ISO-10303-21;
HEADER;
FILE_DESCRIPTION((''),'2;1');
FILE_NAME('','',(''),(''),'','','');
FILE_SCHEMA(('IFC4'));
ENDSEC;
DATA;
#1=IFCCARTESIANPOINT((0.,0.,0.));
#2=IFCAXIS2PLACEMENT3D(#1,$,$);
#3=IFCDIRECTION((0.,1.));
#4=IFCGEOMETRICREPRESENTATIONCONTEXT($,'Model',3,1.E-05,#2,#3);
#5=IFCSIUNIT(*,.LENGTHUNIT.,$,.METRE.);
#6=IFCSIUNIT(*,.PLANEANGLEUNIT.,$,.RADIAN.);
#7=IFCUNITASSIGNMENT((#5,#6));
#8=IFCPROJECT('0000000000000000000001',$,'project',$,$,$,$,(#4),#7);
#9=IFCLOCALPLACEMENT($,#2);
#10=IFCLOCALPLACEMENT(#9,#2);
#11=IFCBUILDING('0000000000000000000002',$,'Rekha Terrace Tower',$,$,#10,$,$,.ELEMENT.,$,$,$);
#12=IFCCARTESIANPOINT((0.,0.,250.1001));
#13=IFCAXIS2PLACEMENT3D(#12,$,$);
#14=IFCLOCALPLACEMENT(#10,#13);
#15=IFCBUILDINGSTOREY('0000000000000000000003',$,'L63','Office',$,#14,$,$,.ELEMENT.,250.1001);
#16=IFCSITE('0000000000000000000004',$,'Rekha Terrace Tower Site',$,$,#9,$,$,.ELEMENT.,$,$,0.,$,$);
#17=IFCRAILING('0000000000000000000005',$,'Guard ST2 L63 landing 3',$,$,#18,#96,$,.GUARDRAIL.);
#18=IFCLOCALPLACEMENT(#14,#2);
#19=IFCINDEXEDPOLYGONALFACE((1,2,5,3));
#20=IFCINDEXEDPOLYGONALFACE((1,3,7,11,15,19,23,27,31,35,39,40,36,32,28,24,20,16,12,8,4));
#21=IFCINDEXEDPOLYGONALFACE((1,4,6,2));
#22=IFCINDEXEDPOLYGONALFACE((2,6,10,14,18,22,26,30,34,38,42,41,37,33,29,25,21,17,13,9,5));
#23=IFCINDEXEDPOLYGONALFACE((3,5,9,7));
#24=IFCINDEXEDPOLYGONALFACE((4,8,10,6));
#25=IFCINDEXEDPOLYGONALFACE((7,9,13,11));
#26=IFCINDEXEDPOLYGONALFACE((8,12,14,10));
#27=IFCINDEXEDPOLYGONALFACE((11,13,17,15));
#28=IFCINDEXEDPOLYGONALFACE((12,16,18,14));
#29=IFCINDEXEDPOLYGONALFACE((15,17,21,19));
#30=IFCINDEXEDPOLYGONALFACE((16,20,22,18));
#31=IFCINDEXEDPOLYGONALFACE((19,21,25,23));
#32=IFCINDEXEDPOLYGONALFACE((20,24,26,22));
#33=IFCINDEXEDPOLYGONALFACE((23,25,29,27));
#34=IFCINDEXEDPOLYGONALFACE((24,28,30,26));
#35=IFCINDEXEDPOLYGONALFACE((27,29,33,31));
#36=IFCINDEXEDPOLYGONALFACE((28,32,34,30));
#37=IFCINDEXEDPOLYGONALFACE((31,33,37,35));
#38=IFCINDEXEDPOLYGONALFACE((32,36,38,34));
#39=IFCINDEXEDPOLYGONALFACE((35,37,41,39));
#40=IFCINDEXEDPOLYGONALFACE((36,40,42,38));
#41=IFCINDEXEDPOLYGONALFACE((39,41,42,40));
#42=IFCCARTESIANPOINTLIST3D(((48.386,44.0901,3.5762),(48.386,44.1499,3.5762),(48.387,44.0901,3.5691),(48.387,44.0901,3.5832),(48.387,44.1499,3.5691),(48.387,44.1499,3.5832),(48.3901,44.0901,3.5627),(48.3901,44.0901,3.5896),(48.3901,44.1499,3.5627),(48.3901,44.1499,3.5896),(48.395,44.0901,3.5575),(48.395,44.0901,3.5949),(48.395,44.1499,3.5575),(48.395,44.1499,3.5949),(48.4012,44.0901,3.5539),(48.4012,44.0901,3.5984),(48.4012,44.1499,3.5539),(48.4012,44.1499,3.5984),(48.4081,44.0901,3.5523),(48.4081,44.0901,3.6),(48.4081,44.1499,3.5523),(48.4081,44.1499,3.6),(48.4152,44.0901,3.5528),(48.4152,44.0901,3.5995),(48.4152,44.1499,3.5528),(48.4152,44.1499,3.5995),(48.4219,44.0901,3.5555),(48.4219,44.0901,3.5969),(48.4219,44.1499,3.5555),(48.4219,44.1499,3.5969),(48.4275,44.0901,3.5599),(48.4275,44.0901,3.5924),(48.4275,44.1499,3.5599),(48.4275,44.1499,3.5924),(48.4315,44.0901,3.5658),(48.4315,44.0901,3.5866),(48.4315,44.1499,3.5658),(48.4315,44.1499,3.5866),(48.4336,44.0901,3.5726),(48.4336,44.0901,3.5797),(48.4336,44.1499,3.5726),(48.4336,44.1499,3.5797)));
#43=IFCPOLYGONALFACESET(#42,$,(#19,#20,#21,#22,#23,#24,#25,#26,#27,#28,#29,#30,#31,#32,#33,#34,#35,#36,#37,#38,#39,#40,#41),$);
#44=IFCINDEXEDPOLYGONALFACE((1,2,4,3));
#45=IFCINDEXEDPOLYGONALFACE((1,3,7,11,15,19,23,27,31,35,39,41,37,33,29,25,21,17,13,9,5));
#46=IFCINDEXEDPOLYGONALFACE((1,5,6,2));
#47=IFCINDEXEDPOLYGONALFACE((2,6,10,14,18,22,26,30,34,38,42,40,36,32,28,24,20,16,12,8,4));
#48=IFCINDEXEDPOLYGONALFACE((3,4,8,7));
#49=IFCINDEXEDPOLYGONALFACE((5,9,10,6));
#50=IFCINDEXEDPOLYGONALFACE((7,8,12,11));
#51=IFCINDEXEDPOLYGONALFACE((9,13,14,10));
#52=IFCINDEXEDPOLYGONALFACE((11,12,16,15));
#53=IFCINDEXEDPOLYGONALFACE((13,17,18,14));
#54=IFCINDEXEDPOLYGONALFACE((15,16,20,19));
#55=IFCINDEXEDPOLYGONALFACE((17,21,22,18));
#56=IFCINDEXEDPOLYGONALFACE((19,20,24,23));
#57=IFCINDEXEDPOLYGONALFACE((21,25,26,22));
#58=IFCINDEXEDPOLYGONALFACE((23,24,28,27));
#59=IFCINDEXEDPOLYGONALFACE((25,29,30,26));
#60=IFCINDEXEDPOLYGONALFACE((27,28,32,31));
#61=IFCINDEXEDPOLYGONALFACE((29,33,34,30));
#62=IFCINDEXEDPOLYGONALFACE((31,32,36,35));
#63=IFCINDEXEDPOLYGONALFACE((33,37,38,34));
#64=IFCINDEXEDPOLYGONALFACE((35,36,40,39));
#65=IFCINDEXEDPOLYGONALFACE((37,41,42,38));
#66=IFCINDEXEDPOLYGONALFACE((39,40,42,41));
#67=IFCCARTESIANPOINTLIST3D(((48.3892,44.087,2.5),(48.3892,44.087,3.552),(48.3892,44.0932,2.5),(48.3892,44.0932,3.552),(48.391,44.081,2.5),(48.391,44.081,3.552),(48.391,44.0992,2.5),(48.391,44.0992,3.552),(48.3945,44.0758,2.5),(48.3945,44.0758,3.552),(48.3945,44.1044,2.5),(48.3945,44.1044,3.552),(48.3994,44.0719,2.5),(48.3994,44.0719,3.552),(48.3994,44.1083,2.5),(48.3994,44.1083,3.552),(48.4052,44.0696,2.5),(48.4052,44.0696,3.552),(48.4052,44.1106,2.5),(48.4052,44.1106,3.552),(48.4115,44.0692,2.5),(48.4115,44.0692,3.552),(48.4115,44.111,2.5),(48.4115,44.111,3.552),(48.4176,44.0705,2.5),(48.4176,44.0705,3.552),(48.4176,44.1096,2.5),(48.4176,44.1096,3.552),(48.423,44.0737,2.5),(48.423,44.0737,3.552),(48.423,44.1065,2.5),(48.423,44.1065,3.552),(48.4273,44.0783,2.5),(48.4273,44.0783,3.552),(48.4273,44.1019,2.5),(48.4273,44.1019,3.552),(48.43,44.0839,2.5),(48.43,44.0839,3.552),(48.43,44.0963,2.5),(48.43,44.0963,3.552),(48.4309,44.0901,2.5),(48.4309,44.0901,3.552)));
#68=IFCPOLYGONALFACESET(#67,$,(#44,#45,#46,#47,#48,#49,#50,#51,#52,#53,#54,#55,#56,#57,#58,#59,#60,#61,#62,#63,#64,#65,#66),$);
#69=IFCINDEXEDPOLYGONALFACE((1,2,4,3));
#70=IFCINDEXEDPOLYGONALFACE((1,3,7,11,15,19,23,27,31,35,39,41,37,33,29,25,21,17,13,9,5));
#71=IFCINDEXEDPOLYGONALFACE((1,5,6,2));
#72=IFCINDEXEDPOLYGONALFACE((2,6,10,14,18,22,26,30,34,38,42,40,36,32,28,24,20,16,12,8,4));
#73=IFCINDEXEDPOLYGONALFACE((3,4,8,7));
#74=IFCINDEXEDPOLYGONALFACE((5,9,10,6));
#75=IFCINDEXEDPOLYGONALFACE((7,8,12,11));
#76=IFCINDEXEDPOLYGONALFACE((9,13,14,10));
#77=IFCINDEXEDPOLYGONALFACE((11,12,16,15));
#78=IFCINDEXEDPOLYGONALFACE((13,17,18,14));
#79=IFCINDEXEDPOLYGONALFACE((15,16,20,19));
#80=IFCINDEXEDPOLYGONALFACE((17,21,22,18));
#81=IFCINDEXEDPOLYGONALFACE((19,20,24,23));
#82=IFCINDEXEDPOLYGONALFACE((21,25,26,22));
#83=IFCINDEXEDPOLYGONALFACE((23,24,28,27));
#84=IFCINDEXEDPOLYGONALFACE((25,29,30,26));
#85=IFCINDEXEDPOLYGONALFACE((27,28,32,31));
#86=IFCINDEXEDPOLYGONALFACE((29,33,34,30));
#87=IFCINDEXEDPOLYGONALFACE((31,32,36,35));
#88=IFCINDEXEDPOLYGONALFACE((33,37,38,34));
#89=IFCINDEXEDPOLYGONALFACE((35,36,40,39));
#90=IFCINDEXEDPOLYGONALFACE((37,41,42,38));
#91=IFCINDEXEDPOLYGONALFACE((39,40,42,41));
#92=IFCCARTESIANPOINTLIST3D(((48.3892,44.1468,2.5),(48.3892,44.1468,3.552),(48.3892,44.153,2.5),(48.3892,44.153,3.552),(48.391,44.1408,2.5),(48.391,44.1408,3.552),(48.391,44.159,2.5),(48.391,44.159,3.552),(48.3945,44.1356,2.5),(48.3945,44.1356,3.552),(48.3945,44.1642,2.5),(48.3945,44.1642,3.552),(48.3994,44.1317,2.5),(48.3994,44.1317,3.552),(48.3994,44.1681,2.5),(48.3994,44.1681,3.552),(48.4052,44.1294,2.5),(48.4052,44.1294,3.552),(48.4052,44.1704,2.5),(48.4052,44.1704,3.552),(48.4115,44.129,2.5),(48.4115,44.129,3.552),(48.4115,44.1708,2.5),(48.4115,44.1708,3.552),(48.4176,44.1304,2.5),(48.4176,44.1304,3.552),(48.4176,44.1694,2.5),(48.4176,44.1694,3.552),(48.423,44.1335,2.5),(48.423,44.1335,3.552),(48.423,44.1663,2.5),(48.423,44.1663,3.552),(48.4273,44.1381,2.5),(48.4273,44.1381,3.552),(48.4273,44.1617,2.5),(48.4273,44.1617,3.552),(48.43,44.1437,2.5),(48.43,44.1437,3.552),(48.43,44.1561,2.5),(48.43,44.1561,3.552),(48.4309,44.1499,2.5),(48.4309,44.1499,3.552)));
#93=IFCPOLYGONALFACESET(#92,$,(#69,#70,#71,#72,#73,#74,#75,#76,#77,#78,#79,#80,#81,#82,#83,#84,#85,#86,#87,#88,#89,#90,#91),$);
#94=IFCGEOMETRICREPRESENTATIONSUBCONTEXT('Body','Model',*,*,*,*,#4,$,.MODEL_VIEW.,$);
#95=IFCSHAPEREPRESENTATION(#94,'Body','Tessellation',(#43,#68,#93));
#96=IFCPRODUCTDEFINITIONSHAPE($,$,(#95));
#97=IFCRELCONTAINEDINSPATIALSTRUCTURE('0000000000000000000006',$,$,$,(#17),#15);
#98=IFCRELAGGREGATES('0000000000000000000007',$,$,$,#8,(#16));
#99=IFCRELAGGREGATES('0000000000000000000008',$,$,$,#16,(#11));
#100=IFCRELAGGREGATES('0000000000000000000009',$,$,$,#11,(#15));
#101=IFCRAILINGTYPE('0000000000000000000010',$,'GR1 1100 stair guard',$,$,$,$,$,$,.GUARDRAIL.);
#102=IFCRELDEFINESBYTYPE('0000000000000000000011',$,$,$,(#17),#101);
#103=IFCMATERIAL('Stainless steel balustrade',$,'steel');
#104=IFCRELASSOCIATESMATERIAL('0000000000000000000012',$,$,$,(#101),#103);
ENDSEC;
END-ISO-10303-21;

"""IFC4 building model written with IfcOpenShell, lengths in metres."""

from ifc_helpers import new_model, si_unit, direction, frame, origin, origin_2d, place, context, subcontext, project, spatial, circle, extrude, material, type_object, element, save


model = new_model("IFC4")

# Units and contexts
model_context = context("Model", 3, precision=1e-05, world=origin(), true_north=direction((0.0, 1.0)))
body_context = subcontext(model_context, "Body", "Model", "MODEL_VIEW")
ifc_project = project(units=[si_unit("LENGTHUNIT", "METRE"), si_unit("PLANEANGLEUNIT", "RADIAN")], contexts=[model_context])

# Site, building, storey
site_placement = place(None, origin())
site = spatial("IfcSite", under=ifc_project, at=site_placement, Name="Rekha Terrace Tower Site", CompositionType="ELEMENT", RefElevation=0.0)
building_placement = place(site_placement, origin())
building = spatial("IfcBuilding", under=site, at=building_placement, Name="Rekha Terrace Tower", CompositionType="ELEMENT")
storey_placement = place(building_placement, frame((0.0, 0.0, 250.1001)))
storey = spatial("IfcBuildingStorey", under=building, at=storey_placement, Name="L63", Description="Office", CompositionType="ELEMENT", Elevation=250.1001)

# Railing
ifc_material_1 = material(Name="Stainless steel balustrade", Category="steel")
railing_type = type_object("IfcRailingType", Name="GR1 1100 stair guard", PredefinedType="GUARDRAIL", material=ifc_material_1)
railing_1_placement = place(storey_placement, frame((48.4099, 44.0901, 2.5)))
element("IfcRailing", 1, at=railing_1_placement, inside=storey, type_object=railing_type, Name="Guard ST2 L63 landing 3", PredefinedType="GUARDRAIL", context=body_context, shape_type="SweptSolid", body=[
    extrude(circle(Radius=0.0239, at=origin_2d()), frame((0.0, 0.0, 1.0762), z_axis=(0.0, 1.0, 0.0), x_axis=(-1.0, 0.0, 0.0)), (0.0, 0.0, 1.0), 0.0598),
    extrude(circle(Radius=0.021, at=origin_2d()), origin(), (0.0, 0.0, 1.0), 1.052),
    extrude(circle(Radius=0.021, at=origin_2d()), frame((0.0, 0.0598, 0.0)), (0.0, 0.0, 1.0), 1.052),
])

save(model, "model.ifc")
